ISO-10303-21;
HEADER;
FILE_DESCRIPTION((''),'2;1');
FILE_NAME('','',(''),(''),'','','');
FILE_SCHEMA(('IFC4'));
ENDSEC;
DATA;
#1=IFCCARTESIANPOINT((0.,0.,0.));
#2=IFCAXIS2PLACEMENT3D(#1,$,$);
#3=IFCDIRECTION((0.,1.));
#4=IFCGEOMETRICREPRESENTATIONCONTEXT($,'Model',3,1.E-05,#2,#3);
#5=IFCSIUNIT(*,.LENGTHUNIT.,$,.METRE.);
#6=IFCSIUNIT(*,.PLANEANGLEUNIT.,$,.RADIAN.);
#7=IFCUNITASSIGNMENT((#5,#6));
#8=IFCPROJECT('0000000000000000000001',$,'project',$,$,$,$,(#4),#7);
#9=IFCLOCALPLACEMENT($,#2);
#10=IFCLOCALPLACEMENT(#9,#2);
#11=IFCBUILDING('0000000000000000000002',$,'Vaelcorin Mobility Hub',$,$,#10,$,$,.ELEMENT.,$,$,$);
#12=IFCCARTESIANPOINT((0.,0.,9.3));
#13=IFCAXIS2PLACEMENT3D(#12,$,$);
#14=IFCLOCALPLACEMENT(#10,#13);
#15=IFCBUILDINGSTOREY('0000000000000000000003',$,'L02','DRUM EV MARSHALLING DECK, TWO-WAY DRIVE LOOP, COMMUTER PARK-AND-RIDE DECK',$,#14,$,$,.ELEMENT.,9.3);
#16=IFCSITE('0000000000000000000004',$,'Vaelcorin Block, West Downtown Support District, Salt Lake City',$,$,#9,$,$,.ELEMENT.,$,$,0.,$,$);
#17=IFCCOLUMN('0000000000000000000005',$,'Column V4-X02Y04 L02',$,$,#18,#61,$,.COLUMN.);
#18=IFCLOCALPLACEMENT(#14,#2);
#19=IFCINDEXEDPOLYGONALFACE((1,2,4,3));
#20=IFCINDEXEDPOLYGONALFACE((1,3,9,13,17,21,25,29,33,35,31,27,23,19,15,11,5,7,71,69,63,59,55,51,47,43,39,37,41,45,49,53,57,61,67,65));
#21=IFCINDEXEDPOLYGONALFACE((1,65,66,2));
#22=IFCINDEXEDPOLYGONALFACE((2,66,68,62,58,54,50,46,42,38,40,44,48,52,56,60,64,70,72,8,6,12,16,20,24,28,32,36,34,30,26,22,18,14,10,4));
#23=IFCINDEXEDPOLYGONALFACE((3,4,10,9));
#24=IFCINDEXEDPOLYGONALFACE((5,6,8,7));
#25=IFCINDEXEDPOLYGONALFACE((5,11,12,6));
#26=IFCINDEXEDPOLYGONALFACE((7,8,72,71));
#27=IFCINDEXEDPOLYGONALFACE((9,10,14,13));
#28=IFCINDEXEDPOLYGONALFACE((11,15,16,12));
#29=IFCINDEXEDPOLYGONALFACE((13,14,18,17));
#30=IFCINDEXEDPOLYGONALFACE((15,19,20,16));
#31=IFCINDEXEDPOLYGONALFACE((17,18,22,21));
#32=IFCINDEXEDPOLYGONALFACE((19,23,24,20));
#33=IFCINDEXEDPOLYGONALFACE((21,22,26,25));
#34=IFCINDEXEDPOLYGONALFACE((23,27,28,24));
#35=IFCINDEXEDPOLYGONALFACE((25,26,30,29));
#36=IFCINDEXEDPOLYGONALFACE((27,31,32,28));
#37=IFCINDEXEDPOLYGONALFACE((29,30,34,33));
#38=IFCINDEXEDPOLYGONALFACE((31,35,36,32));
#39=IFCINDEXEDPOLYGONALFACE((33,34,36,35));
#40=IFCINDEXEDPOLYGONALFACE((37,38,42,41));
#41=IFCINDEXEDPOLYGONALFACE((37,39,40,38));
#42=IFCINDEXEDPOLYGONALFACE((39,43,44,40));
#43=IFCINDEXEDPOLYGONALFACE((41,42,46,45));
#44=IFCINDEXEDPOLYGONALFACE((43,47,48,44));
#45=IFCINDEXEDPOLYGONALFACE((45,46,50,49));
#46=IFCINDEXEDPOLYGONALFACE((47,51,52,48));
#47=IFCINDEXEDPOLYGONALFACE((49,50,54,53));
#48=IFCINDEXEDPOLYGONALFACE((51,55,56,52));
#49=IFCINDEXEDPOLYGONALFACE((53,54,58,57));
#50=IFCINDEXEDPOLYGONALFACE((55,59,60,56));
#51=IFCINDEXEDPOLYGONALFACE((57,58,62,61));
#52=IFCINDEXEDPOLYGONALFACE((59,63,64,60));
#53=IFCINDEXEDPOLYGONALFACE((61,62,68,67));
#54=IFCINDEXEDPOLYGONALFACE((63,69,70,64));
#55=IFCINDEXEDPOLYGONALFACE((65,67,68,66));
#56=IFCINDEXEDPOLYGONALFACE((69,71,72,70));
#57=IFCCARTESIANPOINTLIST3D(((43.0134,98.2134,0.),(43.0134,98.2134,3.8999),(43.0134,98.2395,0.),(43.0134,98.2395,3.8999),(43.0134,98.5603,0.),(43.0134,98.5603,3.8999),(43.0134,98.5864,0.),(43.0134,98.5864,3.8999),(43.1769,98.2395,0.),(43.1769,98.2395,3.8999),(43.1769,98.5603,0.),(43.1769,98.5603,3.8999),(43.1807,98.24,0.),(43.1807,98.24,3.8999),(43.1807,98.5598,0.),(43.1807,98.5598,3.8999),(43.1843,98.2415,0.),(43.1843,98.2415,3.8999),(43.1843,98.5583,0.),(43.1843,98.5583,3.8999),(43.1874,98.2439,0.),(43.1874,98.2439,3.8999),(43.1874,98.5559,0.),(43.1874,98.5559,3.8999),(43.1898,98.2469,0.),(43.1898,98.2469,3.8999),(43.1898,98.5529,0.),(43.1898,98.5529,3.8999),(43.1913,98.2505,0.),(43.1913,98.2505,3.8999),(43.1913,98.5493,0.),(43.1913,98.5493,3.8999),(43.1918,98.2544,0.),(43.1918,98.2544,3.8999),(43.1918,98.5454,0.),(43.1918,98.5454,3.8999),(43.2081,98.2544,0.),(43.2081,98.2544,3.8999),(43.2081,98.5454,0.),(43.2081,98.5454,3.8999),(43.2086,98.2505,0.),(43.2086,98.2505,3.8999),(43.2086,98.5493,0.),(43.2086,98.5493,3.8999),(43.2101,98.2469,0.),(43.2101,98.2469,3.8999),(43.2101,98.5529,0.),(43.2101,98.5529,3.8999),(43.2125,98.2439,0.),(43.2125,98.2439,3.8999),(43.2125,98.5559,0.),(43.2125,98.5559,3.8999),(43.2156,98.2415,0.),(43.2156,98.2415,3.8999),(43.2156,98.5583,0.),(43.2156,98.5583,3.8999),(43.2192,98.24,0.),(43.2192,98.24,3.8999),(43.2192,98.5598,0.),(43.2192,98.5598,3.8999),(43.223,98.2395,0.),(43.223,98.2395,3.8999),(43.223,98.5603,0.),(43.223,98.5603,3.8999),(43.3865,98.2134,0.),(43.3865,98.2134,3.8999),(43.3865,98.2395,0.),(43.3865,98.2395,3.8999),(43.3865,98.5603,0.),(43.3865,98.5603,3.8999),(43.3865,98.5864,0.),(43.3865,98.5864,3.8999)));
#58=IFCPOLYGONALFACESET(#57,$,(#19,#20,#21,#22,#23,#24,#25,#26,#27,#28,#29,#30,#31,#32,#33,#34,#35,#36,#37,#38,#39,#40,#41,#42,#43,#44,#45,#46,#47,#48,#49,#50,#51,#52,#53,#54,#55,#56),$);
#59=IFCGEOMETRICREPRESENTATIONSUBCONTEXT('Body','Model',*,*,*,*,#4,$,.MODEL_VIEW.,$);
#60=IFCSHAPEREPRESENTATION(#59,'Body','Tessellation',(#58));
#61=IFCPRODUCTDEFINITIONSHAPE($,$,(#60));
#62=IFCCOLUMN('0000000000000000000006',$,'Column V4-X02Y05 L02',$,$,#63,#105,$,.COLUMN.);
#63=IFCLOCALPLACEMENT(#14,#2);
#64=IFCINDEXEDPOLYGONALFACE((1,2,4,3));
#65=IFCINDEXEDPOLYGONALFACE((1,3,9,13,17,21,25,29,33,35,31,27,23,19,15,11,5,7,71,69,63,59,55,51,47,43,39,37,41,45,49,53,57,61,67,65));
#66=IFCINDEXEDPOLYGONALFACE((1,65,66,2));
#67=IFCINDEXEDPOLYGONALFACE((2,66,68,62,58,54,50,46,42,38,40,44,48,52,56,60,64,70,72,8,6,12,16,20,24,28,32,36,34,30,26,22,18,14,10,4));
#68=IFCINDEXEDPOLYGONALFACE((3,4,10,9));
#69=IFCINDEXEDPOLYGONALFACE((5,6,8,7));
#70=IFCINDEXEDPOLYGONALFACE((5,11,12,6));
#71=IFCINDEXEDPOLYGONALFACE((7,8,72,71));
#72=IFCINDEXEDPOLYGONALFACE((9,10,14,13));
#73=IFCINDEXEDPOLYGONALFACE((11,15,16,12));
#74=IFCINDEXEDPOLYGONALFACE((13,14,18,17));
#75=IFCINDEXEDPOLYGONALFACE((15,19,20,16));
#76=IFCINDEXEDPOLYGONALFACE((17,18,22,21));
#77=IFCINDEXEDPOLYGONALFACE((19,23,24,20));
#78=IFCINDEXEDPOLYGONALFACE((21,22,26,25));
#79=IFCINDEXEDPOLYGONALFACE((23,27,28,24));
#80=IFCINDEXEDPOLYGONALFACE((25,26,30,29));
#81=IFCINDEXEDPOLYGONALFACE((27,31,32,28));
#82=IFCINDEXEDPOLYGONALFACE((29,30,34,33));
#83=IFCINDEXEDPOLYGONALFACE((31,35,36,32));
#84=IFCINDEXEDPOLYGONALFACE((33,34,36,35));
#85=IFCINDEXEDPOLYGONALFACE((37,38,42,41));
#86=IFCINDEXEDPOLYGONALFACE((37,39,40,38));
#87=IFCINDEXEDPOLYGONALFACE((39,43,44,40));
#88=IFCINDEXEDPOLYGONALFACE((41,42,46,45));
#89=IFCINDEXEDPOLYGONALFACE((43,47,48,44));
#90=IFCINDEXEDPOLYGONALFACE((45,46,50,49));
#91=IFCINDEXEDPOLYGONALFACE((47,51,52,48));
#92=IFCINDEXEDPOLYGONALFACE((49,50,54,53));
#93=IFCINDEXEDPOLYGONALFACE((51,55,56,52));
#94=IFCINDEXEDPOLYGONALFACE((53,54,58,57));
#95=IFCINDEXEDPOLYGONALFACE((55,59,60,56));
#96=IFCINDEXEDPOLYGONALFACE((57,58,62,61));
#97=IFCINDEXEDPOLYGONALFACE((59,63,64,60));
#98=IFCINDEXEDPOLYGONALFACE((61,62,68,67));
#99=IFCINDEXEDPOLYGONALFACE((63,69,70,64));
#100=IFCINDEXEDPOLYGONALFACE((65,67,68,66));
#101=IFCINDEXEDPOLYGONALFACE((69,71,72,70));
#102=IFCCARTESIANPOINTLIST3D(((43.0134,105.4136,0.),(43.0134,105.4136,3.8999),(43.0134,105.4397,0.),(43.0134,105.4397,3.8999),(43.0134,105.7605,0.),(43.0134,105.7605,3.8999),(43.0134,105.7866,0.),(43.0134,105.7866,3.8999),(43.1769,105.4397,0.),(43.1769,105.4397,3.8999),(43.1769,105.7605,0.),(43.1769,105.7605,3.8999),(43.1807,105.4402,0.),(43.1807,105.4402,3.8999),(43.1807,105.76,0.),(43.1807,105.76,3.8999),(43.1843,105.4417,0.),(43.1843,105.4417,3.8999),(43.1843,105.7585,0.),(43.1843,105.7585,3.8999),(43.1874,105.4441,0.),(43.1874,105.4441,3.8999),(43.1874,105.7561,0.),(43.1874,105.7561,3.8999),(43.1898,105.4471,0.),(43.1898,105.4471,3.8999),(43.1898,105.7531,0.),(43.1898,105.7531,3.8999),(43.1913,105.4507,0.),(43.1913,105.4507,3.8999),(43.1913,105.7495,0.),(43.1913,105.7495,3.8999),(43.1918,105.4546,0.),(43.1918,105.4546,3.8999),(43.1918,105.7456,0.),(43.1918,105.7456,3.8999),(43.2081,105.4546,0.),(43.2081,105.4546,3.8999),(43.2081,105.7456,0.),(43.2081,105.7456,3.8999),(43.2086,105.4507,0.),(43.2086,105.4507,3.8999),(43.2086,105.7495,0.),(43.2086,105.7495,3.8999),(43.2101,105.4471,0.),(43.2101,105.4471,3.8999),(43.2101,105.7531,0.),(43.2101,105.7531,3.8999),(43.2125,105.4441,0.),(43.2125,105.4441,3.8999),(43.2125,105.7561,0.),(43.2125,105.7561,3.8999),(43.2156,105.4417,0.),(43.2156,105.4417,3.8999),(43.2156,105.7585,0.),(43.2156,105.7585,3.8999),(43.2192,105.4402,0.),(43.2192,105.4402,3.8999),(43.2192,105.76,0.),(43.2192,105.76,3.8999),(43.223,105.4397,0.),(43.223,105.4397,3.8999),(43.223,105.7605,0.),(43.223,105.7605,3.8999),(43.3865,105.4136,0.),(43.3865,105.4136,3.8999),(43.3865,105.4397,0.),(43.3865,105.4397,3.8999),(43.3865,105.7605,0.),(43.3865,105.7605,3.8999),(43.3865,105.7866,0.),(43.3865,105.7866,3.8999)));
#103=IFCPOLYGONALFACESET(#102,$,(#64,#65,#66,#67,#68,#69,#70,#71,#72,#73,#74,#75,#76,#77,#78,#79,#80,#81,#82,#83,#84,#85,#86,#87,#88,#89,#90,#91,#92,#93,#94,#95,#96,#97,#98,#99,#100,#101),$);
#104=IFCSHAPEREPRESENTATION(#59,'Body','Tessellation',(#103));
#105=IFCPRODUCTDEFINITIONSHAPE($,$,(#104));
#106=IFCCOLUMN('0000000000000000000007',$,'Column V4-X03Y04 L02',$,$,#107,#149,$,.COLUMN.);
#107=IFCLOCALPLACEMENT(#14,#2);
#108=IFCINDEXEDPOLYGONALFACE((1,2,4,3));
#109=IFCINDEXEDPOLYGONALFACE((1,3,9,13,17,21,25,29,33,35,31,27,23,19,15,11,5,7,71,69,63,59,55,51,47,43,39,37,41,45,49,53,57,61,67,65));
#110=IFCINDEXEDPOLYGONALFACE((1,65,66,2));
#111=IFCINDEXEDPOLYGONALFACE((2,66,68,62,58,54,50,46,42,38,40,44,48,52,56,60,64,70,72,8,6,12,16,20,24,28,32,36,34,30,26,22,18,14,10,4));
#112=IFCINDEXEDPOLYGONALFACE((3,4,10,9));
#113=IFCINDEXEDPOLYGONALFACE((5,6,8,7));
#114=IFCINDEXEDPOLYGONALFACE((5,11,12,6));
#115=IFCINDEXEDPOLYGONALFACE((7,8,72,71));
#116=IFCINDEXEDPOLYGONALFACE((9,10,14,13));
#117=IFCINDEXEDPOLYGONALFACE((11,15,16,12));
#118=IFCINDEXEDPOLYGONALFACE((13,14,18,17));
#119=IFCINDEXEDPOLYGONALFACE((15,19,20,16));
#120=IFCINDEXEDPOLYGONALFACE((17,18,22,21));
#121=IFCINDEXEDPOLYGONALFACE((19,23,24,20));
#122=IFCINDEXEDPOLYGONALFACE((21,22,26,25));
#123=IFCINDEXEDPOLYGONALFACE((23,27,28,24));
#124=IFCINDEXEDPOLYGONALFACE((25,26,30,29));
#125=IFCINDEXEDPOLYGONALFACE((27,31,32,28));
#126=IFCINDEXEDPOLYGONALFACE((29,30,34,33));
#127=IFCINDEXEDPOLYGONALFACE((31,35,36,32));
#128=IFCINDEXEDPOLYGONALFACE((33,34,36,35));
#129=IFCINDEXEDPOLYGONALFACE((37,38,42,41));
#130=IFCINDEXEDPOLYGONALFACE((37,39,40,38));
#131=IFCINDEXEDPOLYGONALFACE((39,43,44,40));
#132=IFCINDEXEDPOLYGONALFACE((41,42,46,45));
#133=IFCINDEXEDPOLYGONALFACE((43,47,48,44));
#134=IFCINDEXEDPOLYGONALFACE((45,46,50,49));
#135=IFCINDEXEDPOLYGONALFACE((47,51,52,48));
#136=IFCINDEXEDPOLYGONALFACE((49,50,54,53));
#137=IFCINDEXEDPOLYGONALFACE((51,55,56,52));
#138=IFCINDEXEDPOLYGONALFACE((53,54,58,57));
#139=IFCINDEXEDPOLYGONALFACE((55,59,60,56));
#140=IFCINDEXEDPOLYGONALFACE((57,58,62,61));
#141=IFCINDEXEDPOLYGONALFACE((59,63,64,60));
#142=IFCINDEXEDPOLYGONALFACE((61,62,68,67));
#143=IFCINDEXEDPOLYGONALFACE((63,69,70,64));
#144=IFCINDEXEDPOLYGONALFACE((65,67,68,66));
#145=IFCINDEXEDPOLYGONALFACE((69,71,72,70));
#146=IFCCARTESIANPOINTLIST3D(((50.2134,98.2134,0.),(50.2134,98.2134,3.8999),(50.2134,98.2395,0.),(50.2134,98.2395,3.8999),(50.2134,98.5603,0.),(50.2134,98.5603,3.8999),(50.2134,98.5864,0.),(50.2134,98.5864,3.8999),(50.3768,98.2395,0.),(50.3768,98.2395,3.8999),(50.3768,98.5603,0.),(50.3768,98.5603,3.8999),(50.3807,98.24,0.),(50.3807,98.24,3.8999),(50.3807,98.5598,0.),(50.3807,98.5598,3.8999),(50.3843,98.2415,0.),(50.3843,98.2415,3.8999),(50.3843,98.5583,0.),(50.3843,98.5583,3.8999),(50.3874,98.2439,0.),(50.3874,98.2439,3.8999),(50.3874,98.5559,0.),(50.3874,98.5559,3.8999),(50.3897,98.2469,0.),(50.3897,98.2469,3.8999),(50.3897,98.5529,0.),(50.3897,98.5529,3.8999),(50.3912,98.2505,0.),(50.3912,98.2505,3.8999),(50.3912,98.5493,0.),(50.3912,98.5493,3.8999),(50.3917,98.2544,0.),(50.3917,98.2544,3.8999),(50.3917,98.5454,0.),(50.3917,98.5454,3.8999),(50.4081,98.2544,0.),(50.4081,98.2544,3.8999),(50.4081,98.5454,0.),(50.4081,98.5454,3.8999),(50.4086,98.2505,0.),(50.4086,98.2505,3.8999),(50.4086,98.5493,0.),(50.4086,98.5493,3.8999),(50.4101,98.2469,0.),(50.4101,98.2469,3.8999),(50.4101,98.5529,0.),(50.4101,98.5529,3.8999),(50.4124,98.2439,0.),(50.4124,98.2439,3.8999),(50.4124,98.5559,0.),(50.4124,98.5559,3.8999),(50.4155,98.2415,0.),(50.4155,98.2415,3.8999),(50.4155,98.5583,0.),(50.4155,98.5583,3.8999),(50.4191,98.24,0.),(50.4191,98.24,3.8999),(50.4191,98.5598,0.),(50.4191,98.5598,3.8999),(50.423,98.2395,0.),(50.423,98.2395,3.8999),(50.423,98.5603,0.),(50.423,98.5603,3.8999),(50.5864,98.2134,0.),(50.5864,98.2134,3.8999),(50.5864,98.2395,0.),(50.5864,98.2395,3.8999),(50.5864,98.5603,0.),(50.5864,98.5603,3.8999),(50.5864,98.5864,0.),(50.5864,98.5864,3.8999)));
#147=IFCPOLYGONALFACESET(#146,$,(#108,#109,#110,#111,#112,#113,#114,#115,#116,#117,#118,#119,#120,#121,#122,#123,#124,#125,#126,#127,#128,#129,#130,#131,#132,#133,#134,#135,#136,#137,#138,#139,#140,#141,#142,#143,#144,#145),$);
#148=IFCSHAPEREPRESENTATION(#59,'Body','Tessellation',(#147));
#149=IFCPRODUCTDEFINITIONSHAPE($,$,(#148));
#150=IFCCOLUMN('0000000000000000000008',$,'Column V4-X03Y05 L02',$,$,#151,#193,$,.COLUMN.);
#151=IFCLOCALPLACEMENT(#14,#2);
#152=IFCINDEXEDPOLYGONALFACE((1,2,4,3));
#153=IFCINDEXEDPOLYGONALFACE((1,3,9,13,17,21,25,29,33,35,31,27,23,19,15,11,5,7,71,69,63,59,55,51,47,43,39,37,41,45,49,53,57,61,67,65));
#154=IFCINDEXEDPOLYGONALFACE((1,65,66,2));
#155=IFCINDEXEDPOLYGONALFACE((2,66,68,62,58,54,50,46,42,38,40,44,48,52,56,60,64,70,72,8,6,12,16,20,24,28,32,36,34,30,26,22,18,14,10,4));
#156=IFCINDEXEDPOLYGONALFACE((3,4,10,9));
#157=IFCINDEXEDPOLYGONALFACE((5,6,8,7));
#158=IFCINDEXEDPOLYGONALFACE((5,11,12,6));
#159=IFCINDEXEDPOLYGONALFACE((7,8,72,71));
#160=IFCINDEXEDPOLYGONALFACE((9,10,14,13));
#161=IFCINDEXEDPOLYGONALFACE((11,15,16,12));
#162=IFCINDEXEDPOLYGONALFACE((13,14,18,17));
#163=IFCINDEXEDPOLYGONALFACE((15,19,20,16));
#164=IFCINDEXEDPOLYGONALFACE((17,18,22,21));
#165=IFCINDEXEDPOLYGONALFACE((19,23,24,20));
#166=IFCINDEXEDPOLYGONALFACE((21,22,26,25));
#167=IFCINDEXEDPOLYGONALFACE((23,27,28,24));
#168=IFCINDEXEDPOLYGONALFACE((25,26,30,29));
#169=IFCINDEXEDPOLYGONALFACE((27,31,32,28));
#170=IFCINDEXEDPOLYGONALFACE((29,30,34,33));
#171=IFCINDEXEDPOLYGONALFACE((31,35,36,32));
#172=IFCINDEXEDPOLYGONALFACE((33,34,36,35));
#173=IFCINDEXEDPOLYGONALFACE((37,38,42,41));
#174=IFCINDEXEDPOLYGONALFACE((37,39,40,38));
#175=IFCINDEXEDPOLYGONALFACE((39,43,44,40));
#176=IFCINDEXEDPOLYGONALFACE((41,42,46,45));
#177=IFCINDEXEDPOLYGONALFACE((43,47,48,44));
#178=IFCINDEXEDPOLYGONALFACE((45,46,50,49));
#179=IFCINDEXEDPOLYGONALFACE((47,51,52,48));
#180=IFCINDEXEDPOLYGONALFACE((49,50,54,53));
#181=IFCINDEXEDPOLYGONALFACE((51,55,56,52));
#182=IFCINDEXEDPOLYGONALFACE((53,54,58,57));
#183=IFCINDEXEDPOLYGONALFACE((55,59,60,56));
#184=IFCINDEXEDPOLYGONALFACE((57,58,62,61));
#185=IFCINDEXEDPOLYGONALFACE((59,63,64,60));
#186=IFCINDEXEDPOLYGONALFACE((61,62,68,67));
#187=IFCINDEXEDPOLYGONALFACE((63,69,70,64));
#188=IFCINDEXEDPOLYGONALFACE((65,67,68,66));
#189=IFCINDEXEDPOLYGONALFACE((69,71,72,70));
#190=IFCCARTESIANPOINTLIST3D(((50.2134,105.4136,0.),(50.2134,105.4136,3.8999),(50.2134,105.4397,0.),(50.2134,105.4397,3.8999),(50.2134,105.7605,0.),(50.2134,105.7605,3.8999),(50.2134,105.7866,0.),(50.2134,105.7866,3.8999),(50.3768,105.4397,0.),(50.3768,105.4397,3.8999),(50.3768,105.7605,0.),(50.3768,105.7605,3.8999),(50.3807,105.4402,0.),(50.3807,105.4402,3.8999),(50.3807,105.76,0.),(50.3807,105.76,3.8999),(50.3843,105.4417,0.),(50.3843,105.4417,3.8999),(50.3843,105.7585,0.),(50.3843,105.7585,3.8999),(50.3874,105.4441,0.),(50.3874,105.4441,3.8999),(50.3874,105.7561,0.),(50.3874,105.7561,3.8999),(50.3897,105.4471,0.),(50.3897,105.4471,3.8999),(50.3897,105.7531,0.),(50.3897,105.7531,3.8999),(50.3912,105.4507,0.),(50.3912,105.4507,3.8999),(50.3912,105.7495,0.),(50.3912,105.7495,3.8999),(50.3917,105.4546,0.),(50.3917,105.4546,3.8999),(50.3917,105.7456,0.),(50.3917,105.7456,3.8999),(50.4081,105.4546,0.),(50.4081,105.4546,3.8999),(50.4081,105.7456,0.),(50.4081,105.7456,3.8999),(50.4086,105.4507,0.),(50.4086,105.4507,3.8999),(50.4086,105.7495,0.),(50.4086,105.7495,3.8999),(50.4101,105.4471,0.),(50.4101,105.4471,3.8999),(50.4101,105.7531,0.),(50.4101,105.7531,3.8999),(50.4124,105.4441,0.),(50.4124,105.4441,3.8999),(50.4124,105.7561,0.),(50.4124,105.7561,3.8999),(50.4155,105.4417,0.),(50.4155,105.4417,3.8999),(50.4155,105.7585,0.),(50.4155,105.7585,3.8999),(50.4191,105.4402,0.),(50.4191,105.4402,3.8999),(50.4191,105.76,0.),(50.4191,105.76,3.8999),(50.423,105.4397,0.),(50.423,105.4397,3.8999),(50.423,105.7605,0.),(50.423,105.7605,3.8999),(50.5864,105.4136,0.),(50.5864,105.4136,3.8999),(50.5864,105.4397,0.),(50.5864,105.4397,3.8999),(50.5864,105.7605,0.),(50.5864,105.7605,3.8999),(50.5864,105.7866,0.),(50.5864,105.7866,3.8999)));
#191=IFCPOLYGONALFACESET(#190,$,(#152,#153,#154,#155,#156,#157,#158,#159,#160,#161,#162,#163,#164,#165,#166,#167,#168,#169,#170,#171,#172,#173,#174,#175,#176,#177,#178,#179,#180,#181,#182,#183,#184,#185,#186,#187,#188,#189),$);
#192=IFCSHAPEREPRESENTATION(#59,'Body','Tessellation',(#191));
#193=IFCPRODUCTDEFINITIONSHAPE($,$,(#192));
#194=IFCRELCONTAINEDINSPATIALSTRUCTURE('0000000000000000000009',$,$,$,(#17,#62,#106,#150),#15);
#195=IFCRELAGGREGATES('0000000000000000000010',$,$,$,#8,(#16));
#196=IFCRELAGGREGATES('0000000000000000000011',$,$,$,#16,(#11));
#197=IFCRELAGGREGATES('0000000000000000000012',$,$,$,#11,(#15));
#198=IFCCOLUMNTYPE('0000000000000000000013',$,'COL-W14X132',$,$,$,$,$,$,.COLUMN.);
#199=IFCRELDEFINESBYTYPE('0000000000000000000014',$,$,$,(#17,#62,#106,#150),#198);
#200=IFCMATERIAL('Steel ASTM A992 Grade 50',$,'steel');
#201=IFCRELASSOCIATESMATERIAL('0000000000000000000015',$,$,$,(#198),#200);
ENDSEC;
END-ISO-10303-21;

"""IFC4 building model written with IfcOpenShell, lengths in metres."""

from ifc_helpers import new_model, si_unit, direction, frame, origin, origin_2d, place, context, subcontext, project, spatial, i_section, extrude, material, material_profile, profile_set, type_object, element, save


model = new_model("IFC4")

# Units and contexts
model_context = context("Model", 3, precision=1e-05, world=origin(), true_north=direction((0.0, 1.0)))
body_context = subcontext(model_context, "Body", "Model", "MODEL_VIEW")
ifc_project = project(units=[si_unit("LENGTHUNIT", "METRE"), si_unit("PLANEANGLEUNIT", "RADIAN")], contexts=[model_context])

# Site, building, storey
site_placement = place(None, origin())
site = spatial("IfcSite", under=ifc_project, at=site_placement, Name="Vaelcorin Block, West Downtown Support District, Salt Lake City", CompositionType="ELEMENT", RefElevation=0.0)
building_placement = place(site_placement, origin())
building = spatial("IfcBuilding", under=site, at=building_placement, Name="Vaelcorin Mobility Hub", CompositionType="ELEMENT")
storey_placement = place(building_placement, frame((0.0, 0.0, 9.3)))
storey = spatial("IfcBuildingStorey", under=building, at=storey_placement, Name="L02", Description="DRUM EV MARSHALLING DECK, TWO-WAY DRIVE LOOP, COMMUTER PARK-AND-RIDE DECK", CompositionType="ELEMENT", Elevation=9.3)

# Columns
ifc_material_1 = material(Name="Steel ASTM A992 Grade 50", Category="steel")
ifc_material_profile_1 = material_profile(ifc_material_1, i_section(OverallWidth=0.373, OverallDepth=0.373, WebThickness=0.0164, FlangeThickness=0.0261, FilletRadius=0.0149, at=origin_2d()), Name="W14X132")
ifc_profile_set_1 = profile_set([ifc_material_profile_1], Name="Steel ASTM A992 Grade 50")
column_type_1 = type_object("IfcColumnType", Name="COL-W14X132", PredefinedType="COLUMN", material=ifc_profile_set_1)
for number, where, z_axis, x_axis, name in (
    (1, (43.2, 98.3999, 0.0), (0.0, 0.0, 1.0), (1.0, 0.0, 0.0), "Column V4-X02Y04 L02"),
    (2, (43.2, 105.6001, 0.0), (0.0, 0.0, 1.0), (1.0, 0.0, 0.0), "Column V4-X02Y05 L02"),
    (3, (50.3999, 98.3999, 0.0), (0.0, 0.0, 1.0), (1.0, 0.0, 0.0), "Column V4-X03Y04 L02"),
    (4, (50.3999, 105.6001, 0.0), (0.0, 0.0, 1.0), (1.0, 0.0, 0.0), "Column V4-X03Y05 L02"),
):
    element("IfcColumn", number, at=place(storey_placement, frame(where, z_axis=z_axis, x_axis=x_axis)), inside=storey, type_object=column_type_1, Name=name, PredefinedType="COLUMN", context=body_context, shape_type="SweptSolid", body=[
        extrude(i_section(OverallWidth=0.373, OverallDepth=0.373, WebThickness=0.0164, FlangeThickness=0.0261, FilletRadius=0.0149, at=origin_2d()), origin(), (0.0, 0.0, 1.0), 3.8999),
    ])

save(model, "model.ifc")
